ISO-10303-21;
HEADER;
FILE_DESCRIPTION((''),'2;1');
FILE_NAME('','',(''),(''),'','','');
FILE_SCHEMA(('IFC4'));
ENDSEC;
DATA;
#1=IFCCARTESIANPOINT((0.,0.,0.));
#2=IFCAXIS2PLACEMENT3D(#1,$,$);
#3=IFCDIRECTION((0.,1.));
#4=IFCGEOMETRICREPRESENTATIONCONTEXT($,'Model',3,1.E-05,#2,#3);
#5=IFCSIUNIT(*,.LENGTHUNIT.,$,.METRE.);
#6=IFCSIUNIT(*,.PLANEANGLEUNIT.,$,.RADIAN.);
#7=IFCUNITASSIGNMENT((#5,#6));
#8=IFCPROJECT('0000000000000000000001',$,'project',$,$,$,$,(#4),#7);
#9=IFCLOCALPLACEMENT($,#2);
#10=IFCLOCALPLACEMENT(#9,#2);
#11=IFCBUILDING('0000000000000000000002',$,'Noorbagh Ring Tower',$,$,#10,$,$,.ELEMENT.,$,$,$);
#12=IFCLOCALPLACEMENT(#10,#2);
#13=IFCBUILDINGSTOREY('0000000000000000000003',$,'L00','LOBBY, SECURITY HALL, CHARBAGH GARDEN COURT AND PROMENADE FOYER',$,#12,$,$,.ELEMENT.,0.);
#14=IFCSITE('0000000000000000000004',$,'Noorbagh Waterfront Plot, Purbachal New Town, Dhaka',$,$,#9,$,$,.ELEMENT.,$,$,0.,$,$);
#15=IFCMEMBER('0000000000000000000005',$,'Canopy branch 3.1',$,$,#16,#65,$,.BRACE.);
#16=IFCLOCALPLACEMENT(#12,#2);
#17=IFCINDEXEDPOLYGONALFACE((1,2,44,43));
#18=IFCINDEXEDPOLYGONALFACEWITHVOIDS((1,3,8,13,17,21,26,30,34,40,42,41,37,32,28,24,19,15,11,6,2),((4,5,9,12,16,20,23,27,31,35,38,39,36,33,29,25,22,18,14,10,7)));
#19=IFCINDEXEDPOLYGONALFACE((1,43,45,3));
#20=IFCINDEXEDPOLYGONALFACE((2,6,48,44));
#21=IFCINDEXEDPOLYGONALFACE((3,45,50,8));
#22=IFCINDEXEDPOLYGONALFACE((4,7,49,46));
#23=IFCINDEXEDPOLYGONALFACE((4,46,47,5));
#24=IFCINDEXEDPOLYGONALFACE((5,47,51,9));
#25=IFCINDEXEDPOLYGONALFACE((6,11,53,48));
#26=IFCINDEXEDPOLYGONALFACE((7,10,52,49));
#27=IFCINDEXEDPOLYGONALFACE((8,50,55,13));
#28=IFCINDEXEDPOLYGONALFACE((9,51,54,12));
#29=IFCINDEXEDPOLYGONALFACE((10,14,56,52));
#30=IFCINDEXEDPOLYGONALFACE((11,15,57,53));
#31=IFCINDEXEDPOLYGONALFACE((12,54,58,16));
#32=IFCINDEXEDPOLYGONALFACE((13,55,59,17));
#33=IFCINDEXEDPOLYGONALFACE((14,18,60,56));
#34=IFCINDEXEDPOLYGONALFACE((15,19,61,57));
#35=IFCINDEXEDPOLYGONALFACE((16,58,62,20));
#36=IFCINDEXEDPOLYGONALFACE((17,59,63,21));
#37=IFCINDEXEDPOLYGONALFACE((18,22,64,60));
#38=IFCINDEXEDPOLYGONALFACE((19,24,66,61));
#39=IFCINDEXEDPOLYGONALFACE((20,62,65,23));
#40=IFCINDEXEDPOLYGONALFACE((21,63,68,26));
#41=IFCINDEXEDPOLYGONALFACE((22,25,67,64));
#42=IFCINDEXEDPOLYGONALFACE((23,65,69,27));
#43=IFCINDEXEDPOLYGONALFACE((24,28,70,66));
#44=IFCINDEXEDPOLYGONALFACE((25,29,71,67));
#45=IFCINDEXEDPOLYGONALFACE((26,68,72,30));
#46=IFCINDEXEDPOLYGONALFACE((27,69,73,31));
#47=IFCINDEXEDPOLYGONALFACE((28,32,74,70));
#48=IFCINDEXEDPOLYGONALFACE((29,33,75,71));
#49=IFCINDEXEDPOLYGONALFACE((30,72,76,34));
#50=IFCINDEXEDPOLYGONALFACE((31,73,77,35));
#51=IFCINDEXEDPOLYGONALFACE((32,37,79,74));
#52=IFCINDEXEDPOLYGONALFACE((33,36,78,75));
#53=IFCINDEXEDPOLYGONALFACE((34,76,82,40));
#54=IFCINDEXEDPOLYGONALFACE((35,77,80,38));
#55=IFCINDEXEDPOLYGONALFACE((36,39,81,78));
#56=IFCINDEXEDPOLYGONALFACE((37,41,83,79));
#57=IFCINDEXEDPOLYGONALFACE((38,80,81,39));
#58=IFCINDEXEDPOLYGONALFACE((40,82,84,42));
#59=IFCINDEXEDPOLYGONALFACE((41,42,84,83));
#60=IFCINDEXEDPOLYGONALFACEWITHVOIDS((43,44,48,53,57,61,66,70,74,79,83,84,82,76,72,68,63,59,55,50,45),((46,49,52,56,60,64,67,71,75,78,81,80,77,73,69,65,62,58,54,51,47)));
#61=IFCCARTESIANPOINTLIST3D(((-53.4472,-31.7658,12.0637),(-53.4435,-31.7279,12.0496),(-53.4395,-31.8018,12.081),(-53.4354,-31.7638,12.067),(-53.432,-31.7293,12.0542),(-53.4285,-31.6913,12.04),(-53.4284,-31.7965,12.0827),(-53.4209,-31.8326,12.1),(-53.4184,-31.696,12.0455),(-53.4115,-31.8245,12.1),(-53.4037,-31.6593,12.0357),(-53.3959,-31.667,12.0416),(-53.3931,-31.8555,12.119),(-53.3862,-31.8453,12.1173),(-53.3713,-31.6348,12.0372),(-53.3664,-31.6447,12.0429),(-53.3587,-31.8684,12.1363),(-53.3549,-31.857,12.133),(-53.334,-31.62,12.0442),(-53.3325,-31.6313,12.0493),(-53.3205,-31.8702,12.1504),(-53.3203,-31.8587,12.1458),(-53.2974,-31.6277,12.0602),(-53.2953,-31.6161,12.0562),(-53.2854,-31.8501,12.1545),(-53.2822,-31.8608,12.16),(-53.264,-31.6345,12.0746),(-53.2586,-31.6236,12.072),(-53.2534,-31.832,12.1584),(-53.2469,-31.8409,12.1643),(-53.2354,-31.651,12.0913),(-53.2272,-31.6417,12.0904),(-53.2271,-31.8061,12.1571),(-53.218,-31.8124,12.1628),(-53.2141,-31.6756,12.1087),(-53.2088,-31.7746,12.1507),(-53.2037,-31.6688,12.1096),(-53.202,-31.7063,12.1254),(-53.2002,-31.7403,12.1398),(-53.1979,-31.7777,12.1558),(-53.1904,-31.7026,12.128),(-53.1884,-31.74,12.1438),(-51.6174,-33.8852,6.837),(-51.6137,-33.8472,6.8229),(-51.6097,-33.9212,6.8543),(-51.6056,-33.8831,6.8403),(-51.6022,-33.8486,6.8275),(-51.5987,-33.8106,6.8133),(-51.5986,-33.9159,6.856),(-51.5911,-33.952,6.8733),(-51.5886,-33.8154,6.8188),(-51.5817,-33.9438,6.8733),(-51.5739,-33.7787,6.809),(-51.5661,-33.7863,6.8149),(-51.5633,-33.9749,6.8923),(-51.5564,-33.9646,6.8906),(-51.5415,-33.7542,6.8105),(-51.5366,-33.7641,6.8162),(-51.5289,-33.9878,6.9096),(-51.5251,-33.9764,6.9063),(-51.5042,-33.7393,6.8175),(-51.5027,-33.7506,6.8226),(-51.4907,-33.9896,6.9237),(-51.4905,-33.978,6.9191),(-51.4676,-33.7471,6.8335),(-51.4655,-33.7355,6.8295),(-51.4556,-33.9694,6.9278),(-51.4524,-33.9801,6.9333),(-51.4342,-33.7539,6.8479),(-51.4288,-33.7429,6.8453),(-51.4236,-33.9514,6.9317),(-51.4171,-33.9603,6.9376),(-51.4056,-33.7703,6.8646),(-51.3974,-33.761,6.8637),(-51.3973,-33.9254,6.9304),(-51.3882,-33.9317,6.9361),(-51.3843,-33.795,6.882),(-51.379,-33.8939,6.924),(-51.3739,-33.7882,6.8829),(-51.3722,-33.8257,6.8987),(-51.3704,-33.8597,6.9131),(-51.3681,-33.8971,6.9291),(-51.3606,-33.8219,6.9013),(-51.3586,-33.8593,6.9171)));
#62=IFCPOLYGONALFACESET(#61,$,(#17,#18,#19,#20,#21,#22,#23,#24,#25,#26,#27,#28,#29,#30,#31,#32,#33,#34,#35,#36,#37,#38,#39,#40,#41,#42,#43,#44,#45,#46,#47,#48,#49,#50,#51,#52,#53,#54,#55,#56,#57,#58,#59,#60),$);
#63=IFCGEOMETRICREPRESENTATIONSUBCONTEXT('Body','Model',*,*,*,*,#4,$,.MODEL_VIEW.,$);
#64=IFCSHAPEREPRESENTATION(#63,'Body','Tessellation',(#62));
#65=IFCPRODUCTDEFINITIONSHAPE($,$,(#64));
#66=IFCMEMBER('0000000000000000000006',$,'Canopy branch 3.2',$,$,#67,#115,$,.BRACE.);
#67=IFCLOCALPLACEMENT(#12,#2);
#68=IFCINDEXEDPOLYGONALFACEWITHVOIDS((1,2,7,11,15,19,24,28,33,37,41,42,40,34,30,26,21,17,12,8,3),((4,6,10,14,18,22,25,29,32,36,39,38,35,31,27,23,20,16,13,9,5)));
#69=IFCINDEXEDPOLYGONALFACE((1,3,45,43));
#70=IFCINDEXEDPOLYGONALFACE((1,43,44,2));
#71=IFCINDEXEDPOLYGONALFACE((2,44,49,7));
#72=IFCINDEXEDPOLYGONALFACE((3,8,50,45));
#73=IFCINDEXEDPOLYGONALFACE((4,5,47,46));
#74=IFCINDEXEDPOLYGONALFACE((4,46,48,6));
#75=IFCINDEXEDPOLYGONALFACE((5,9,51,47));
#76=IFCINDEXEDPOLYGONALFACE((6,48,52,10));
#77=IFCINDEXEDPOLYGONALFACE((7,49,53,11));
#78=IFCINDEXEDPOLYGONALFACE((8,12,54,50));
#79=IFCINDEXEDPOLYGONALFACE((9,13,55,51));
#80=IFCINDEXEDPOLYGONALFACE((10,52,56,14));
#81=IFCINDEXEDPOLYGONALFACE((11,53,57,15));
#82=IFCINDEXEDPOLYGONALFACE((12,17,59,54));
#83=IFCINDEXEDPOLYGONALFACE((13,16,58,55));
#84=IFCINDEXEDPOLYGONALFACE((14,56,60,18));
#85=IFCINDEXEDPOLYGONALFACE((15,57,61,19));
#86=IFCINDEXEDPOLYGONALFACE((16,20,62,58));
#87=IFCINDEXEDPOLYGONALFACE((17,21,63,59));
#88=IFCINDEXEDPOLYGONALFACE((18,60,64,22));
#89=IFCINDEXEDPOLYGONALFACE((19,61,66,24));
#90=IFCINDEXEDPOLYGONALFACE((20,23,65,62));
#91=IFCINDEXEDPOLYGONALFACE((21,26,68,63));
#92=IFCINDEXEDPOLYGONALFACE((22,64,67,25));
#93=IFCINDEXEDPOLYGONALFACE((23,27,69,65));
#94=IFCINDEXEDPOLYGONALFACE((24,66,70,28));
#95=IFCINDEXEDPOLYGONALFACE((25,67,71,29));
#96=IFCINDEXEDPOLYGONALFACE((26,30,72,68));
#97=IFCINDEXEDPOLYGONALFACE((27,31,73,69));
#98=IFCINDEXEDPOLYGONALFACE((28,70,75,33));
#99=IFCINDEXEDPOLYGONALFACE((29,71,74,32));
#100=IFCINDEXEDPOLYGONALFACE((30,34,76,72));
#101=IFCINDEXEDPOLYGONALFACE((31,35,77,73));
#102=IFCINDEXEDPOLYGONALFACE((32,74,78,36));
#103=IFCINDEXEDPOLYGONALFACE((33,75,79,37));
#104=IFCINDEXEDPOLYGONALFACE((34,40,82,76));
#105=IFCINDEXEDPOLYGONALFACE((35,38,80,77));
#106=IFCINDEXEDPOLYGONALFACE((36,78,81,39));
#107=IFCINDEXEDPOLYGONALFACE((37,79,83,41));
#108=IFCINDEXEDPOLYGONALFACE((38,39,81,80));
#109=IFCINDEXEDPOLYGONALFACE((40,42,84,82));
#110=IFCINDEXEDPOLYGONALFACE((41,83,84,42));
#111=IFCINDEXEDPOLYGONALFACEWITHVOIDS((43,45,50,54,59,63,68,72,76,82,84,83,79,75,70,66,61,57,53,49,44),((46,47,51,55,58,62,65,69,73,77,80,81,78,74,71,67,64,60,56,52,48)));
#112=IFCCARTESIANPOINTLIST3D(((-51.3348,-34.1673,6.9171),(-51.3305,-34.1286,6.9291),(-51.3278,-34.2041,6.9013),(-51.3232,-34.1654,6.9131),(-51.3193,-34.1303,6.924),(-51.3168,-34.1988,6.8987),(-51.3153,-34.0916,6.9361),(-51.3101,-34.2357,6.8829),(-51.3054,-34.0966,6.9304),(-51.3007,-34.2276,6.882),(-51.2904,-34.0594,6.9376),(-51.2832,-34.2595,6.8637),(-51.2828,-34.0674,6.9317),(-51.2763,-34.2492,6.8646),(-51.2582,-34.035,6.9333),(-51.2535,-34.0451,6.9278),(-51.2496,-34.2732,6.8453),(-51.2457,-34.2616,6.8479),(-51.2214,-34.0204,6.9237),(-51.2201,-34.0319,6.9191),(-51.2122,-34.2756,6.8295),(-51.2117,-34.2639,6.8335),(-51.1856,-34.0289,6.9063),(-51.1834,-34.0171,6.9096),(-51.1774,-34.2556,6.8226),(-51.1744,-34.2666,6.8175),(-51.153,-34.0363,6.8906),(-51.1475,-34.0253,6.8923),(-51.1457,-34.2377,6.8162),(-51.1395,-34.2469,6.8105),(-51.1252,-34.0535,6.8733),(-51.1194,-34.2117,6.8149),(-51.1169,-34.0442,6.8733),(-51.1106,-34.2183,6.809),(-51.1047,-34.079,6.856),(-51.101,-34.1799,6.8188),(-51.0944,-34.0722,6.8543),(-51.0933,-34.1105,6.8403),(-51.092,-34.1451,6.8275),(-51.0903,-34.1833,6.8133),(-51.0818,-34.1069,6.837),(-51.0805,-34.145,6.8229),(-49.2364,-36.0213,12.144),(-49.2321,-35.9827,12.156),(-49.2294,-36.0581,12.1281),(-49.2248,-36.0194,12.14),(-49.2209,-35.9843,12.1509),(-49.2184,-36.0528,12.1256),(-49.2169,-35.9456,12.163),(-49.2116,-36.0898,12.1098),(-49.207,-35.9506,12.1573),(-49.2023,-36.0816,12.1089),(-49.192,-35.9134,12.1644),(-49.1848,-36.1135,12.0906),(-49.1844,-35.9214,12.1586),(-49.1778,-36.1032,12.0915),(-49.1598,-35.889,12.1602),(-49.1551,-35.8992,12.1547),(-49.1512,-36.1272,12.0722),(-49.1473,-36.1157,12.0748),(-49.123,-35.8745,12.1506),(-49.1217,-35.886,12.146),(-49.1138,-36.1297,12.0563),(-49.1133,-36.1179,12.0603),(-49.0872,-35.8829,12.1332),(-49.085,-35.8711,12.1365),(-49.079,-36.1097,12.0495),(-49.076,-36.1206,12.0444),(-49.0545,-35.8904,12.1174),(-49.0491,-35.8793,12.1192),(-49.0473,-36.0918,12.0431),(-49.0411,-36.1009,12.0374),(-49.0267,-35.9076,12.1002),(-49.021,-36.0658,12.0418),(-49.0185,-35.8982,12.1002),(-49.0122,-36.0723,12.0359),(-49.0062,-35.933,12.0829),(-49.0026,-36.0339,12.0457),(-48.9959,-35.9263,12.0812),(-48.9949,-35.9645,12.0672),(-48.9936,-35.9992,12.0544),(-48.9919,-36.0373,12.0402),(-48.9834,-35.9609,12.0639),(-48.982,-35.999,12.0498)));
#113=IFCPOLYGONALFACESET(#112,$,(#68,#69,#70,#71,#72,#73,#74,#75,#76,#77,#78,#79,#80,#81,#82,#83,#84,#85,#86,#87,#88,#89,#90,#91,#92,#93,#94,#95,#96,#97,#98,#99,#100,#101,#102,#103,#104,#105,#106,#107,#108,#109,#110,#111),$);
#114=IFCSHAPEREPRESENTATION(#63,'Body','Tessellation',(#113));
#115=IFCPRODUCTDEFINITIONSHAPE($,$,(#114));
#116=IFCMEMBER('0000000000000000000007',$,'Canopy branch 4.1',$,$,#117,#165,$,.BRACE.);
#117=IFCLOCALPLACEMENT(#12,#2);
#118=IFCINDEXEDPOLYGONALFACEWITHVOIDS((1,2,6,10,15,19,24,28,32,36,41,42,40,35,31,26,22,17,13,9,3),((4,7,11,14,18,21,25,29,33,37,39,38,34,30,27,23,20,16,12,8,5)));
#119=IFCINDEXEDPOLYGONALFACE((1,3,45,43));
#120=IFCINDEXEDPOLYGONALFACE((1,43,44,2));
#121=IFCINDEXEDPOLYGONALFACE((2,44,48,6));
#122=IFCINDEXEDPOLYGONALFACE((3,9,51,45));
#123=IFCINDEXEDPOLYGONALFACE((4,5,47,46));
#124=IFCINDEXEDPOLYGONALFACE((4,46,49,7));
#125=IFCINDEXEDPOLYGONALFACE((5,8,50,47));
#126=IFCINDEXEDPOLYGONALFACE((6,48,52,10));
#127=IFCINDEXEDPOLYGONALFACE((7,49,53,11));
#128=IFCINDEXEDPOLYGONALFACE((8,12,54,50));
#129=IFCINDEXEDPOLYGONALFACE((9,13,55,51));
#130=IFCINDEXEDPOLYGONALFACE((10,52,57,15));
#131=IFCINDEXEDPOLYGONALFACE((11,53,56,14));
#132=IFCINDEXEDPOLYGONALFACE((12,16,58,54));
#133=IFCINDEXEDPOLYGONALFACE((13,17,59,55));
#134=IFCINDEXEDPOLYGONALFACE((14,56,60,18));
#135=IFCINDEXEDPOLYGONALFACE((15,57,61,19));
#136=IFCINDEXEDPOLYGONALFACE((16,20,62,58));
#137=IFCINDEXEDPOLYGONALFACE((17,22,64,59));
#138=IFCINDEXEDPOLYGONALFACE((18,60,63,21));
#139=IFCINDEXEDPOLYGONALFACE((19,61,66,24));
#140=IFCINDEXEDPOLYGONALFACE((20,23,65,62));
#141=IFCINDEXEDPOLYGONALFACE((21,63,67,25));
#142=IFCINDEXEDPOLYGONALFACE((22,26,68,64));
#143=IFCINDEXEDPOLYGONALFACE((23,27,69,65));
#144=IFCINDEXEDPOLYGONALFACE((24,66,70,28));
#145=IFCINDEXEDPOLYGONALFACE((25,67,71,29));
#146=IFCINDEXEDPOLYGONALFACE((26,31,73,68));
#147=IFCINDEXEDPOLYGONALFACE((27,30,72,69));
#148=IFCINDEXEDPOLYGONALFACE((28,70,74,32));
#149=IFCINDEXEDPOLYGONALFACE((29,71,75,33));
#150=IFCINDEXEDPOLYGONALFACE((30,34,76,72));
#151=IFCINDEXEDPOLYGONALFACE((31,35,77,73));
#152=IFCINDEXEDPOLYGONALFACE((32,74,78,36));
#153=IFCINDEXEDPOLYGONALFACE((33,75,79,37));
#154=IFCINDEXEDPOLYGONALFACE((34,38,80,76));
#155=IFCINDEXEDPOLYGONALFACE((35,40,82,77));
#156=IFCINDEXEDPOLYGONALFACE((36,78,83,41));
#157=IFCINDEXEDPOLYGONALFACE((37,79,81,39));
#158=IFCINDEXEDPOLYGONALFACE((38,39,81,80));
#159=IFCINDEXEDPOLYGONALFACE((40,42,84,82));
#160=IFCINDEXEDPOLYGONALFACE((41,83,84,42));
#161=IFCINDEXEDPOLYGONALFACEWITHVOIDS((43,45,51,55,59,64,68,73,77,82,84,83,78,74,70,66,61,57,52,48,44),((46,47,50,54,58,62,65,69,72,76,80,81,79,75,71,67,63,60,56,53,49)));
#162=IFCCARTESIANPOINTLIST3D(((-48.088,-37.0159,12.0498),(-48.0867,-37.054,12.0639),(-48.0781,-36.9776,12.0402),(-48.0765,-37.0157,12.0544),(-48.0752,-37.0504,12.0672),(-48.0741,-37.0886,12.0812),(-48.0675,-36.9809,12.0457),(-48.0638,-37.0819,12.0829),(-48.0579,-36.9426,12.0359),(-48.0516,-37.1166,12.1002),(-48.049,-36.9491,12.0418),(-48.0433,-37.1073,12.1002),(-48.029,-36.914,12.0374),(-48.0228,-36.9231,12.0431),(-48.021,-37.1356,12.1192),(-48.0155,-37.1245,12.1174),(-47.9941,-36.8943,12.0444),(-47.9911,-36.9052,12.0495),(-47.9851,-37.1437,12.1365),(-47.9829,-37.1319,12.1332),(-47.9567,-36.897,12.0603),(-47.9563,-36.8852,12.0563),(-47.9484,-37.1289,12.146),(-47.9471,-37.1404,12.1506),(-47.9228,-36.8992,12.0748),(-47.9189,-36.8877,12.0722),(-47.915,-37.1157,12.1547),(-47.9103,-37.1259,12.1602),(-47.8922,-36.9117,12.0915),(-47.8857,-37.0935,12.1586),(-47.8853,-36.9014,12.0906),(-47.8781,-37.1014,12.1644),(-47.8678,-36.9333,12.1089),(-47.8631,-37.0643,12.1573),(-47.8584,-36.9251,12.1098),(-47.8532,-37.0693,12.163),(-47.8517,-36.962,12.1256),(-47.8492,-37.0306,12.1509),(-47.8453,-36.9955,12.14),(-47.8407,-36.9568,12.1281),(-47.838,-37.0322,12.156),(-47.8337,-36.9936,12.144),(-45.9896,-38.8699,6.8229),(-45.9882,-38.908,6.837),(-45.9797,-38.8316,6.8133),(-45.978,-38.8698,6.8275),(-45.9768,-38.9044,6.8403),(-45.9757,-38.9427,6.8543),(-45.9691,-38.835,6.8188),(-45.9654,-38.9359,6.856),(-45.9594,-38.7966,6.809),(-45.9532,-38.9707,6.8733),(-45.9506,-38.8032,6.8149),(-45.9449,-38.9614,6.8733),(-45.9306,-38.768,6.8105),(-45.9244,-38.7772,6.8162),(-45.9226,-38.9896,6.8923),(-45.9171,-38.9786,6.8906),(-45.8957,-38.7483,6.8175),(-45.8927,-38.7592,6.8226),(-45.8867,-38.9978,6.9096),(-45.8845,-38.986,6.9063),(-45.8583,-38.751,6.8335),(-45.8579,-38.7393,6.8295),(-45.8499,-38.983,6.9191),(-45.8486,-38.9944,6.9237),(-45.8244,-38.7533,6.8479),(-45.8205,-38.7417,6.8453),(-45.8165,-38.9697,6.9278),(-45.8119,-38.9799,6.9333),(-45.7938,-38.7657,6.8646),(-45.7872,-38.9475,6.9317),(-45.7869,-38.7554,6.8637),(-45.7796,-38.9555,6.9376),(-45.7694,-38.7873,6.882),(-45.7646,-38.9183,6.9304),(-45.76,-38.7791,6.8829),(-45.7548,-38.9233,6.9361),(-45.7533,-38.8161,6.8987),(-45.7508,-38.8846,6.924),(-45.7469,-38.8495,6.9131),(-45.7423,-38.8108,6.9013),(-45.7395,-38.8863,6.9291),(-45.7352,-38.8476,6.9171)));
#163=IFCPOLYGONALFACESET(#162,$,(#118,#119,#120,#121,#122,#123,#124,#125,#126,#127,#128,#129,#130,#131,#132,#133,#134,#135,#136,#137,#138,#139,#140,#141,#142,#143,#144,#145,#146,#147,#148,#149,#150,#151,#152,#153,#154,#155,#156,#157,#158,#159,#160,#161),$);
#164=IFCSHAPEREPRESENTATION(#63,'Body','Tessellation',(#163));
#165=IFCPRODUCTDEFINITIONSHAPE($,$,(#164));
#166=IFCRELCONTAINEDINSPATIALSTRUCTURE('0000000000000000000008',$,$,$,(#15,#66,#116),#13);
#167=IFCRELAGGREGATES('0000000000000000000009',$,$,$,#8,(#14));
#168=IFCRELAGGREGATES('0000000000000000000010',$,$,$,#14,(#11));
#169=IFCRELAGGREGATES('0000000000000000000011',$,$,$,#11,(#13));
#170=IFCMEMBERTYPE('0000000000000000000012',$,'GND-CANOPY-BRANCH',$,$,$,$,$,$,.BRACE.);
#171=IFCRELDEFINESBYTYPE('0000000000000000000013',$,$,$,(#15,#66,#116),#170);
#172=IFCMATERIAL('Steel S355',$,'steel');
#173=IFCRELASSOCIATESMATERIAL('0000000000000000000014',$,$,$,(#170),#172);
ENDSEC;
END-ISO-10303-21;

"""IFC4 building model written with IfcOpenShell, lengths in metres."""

from ifc_helpers import new_model, si_unit, direction, frame, origin, origin_2d, place, context, subcontext, project, spatial, hollow_circle, extrude, material, material_profile, profile_set, type_object, element, save


model = new_model("IFC4")

# Units and contexts
model_context = context("Model", 3, precision=1e-05, world=origin(), true_north=direction((0.0, 1.0)))
body_context = subcontext(model_context, "Body", "Model", "MODEL_VIEW")
ifc_project = project(units=[si_unit("LENGTHUNIT", "METRE"), si_unit("PLANEANGLEUNIT", "RADIAN")], contexts=[model_context])

# Site, building, storey
site_placement = place(None, origin())
site = spatial("IfcSite", under=ifc_project, at=site_placement, Name="Noorbagh Waterfront Plot, Purbachal New Town, Dhaka", CompositionType="ELEMENT", RefElevation=0.0)
building_placement = place(site_placement, origin())
building = spatial("IfcBuilding", under=site, at=building_placement, Name="Noorbagh Ring Tower", CompositionType="ELEMENT")
storey_placement = place(building_placement, origin())
storey = spatial("IfcBuildingStorey", under=building, at=storey_placement, Name="L00", Description="LOBBY, SECURITY HALL, CHARBAGH GARDEN COURT AND PROMENADE FOYER", CompositionType="ELEMENT", Elevation=0.0)

# Members
ifc_material_1 = material(Name="Steel S355", Category="steel")
ifc_material_profile_1 = material_profile(ifc_material_1, hollow_circle(Radius=0.1365, WallThickness=0.0125, at=origin_2d()), Name="CHS273x12.5")
ifc_profile_set_1 = profile_set([ifc_material_profile_1], Name="Steel S355")
member_type = type_object("IfcMemberType", Name="GND-CANOPY-BRANCH", PredefinedType="BRACE", material=ifc_profile_set_1)
for number, where, z_axis, x_axis, name in (
    (1, (-51.4878, -33.8628, 6.8733), (-0.308596, 0.357427, 0.881484), (-0.756919, -0.653509, 0.0), "Canopy branch 3.1"),
):
    element("IfcMember", number, at=place(storey_placement, frame(where, z_axis=z_axis, x_axis=x_axis)), inside=storey, type_object=member_type, Name=name, PredefinedType="BRACE", context=body_context, shape_type="SweptSolid", body=[
        extrude(hollow_circle(Radius=0.1365, WallThickness=0.0125, at=origin_2d()), origin(), (0.0, 0.0, 1.0), 5.9294),
    ])
for number, where, z_axis, x_axis, name in (
    (2, (-51.2073, -34.1465, 6.8733), (0.353884, -0.31267, 0.881478), (0.66212, 0.749397, 0.0), "Canopy branch 3.2"),
    (3, (-45.8628, -38.8684, 6.8733), (-0.353884, 0.31267, 0.881478), (-0.66212, -0.749397, 0.0), "Canopy branch 4.1"),
):
    element("IfcMember", number, at=place(storey_placement, frame(where, z_axis=z_axis, x_axis=x_axis)), inside=storey, type_object=member_type, Name=name, PredefinedType="BRACE", context=body_context, shape_type="SweptSolid", body=[
        extrude(hollow_circle(Radius=0.1365, WallThickness=0.0125, at=origin_2d()), origin(), (0.0, 0.0, 1.0), 5.9297),
    ])

save(model, "model.ifc")
